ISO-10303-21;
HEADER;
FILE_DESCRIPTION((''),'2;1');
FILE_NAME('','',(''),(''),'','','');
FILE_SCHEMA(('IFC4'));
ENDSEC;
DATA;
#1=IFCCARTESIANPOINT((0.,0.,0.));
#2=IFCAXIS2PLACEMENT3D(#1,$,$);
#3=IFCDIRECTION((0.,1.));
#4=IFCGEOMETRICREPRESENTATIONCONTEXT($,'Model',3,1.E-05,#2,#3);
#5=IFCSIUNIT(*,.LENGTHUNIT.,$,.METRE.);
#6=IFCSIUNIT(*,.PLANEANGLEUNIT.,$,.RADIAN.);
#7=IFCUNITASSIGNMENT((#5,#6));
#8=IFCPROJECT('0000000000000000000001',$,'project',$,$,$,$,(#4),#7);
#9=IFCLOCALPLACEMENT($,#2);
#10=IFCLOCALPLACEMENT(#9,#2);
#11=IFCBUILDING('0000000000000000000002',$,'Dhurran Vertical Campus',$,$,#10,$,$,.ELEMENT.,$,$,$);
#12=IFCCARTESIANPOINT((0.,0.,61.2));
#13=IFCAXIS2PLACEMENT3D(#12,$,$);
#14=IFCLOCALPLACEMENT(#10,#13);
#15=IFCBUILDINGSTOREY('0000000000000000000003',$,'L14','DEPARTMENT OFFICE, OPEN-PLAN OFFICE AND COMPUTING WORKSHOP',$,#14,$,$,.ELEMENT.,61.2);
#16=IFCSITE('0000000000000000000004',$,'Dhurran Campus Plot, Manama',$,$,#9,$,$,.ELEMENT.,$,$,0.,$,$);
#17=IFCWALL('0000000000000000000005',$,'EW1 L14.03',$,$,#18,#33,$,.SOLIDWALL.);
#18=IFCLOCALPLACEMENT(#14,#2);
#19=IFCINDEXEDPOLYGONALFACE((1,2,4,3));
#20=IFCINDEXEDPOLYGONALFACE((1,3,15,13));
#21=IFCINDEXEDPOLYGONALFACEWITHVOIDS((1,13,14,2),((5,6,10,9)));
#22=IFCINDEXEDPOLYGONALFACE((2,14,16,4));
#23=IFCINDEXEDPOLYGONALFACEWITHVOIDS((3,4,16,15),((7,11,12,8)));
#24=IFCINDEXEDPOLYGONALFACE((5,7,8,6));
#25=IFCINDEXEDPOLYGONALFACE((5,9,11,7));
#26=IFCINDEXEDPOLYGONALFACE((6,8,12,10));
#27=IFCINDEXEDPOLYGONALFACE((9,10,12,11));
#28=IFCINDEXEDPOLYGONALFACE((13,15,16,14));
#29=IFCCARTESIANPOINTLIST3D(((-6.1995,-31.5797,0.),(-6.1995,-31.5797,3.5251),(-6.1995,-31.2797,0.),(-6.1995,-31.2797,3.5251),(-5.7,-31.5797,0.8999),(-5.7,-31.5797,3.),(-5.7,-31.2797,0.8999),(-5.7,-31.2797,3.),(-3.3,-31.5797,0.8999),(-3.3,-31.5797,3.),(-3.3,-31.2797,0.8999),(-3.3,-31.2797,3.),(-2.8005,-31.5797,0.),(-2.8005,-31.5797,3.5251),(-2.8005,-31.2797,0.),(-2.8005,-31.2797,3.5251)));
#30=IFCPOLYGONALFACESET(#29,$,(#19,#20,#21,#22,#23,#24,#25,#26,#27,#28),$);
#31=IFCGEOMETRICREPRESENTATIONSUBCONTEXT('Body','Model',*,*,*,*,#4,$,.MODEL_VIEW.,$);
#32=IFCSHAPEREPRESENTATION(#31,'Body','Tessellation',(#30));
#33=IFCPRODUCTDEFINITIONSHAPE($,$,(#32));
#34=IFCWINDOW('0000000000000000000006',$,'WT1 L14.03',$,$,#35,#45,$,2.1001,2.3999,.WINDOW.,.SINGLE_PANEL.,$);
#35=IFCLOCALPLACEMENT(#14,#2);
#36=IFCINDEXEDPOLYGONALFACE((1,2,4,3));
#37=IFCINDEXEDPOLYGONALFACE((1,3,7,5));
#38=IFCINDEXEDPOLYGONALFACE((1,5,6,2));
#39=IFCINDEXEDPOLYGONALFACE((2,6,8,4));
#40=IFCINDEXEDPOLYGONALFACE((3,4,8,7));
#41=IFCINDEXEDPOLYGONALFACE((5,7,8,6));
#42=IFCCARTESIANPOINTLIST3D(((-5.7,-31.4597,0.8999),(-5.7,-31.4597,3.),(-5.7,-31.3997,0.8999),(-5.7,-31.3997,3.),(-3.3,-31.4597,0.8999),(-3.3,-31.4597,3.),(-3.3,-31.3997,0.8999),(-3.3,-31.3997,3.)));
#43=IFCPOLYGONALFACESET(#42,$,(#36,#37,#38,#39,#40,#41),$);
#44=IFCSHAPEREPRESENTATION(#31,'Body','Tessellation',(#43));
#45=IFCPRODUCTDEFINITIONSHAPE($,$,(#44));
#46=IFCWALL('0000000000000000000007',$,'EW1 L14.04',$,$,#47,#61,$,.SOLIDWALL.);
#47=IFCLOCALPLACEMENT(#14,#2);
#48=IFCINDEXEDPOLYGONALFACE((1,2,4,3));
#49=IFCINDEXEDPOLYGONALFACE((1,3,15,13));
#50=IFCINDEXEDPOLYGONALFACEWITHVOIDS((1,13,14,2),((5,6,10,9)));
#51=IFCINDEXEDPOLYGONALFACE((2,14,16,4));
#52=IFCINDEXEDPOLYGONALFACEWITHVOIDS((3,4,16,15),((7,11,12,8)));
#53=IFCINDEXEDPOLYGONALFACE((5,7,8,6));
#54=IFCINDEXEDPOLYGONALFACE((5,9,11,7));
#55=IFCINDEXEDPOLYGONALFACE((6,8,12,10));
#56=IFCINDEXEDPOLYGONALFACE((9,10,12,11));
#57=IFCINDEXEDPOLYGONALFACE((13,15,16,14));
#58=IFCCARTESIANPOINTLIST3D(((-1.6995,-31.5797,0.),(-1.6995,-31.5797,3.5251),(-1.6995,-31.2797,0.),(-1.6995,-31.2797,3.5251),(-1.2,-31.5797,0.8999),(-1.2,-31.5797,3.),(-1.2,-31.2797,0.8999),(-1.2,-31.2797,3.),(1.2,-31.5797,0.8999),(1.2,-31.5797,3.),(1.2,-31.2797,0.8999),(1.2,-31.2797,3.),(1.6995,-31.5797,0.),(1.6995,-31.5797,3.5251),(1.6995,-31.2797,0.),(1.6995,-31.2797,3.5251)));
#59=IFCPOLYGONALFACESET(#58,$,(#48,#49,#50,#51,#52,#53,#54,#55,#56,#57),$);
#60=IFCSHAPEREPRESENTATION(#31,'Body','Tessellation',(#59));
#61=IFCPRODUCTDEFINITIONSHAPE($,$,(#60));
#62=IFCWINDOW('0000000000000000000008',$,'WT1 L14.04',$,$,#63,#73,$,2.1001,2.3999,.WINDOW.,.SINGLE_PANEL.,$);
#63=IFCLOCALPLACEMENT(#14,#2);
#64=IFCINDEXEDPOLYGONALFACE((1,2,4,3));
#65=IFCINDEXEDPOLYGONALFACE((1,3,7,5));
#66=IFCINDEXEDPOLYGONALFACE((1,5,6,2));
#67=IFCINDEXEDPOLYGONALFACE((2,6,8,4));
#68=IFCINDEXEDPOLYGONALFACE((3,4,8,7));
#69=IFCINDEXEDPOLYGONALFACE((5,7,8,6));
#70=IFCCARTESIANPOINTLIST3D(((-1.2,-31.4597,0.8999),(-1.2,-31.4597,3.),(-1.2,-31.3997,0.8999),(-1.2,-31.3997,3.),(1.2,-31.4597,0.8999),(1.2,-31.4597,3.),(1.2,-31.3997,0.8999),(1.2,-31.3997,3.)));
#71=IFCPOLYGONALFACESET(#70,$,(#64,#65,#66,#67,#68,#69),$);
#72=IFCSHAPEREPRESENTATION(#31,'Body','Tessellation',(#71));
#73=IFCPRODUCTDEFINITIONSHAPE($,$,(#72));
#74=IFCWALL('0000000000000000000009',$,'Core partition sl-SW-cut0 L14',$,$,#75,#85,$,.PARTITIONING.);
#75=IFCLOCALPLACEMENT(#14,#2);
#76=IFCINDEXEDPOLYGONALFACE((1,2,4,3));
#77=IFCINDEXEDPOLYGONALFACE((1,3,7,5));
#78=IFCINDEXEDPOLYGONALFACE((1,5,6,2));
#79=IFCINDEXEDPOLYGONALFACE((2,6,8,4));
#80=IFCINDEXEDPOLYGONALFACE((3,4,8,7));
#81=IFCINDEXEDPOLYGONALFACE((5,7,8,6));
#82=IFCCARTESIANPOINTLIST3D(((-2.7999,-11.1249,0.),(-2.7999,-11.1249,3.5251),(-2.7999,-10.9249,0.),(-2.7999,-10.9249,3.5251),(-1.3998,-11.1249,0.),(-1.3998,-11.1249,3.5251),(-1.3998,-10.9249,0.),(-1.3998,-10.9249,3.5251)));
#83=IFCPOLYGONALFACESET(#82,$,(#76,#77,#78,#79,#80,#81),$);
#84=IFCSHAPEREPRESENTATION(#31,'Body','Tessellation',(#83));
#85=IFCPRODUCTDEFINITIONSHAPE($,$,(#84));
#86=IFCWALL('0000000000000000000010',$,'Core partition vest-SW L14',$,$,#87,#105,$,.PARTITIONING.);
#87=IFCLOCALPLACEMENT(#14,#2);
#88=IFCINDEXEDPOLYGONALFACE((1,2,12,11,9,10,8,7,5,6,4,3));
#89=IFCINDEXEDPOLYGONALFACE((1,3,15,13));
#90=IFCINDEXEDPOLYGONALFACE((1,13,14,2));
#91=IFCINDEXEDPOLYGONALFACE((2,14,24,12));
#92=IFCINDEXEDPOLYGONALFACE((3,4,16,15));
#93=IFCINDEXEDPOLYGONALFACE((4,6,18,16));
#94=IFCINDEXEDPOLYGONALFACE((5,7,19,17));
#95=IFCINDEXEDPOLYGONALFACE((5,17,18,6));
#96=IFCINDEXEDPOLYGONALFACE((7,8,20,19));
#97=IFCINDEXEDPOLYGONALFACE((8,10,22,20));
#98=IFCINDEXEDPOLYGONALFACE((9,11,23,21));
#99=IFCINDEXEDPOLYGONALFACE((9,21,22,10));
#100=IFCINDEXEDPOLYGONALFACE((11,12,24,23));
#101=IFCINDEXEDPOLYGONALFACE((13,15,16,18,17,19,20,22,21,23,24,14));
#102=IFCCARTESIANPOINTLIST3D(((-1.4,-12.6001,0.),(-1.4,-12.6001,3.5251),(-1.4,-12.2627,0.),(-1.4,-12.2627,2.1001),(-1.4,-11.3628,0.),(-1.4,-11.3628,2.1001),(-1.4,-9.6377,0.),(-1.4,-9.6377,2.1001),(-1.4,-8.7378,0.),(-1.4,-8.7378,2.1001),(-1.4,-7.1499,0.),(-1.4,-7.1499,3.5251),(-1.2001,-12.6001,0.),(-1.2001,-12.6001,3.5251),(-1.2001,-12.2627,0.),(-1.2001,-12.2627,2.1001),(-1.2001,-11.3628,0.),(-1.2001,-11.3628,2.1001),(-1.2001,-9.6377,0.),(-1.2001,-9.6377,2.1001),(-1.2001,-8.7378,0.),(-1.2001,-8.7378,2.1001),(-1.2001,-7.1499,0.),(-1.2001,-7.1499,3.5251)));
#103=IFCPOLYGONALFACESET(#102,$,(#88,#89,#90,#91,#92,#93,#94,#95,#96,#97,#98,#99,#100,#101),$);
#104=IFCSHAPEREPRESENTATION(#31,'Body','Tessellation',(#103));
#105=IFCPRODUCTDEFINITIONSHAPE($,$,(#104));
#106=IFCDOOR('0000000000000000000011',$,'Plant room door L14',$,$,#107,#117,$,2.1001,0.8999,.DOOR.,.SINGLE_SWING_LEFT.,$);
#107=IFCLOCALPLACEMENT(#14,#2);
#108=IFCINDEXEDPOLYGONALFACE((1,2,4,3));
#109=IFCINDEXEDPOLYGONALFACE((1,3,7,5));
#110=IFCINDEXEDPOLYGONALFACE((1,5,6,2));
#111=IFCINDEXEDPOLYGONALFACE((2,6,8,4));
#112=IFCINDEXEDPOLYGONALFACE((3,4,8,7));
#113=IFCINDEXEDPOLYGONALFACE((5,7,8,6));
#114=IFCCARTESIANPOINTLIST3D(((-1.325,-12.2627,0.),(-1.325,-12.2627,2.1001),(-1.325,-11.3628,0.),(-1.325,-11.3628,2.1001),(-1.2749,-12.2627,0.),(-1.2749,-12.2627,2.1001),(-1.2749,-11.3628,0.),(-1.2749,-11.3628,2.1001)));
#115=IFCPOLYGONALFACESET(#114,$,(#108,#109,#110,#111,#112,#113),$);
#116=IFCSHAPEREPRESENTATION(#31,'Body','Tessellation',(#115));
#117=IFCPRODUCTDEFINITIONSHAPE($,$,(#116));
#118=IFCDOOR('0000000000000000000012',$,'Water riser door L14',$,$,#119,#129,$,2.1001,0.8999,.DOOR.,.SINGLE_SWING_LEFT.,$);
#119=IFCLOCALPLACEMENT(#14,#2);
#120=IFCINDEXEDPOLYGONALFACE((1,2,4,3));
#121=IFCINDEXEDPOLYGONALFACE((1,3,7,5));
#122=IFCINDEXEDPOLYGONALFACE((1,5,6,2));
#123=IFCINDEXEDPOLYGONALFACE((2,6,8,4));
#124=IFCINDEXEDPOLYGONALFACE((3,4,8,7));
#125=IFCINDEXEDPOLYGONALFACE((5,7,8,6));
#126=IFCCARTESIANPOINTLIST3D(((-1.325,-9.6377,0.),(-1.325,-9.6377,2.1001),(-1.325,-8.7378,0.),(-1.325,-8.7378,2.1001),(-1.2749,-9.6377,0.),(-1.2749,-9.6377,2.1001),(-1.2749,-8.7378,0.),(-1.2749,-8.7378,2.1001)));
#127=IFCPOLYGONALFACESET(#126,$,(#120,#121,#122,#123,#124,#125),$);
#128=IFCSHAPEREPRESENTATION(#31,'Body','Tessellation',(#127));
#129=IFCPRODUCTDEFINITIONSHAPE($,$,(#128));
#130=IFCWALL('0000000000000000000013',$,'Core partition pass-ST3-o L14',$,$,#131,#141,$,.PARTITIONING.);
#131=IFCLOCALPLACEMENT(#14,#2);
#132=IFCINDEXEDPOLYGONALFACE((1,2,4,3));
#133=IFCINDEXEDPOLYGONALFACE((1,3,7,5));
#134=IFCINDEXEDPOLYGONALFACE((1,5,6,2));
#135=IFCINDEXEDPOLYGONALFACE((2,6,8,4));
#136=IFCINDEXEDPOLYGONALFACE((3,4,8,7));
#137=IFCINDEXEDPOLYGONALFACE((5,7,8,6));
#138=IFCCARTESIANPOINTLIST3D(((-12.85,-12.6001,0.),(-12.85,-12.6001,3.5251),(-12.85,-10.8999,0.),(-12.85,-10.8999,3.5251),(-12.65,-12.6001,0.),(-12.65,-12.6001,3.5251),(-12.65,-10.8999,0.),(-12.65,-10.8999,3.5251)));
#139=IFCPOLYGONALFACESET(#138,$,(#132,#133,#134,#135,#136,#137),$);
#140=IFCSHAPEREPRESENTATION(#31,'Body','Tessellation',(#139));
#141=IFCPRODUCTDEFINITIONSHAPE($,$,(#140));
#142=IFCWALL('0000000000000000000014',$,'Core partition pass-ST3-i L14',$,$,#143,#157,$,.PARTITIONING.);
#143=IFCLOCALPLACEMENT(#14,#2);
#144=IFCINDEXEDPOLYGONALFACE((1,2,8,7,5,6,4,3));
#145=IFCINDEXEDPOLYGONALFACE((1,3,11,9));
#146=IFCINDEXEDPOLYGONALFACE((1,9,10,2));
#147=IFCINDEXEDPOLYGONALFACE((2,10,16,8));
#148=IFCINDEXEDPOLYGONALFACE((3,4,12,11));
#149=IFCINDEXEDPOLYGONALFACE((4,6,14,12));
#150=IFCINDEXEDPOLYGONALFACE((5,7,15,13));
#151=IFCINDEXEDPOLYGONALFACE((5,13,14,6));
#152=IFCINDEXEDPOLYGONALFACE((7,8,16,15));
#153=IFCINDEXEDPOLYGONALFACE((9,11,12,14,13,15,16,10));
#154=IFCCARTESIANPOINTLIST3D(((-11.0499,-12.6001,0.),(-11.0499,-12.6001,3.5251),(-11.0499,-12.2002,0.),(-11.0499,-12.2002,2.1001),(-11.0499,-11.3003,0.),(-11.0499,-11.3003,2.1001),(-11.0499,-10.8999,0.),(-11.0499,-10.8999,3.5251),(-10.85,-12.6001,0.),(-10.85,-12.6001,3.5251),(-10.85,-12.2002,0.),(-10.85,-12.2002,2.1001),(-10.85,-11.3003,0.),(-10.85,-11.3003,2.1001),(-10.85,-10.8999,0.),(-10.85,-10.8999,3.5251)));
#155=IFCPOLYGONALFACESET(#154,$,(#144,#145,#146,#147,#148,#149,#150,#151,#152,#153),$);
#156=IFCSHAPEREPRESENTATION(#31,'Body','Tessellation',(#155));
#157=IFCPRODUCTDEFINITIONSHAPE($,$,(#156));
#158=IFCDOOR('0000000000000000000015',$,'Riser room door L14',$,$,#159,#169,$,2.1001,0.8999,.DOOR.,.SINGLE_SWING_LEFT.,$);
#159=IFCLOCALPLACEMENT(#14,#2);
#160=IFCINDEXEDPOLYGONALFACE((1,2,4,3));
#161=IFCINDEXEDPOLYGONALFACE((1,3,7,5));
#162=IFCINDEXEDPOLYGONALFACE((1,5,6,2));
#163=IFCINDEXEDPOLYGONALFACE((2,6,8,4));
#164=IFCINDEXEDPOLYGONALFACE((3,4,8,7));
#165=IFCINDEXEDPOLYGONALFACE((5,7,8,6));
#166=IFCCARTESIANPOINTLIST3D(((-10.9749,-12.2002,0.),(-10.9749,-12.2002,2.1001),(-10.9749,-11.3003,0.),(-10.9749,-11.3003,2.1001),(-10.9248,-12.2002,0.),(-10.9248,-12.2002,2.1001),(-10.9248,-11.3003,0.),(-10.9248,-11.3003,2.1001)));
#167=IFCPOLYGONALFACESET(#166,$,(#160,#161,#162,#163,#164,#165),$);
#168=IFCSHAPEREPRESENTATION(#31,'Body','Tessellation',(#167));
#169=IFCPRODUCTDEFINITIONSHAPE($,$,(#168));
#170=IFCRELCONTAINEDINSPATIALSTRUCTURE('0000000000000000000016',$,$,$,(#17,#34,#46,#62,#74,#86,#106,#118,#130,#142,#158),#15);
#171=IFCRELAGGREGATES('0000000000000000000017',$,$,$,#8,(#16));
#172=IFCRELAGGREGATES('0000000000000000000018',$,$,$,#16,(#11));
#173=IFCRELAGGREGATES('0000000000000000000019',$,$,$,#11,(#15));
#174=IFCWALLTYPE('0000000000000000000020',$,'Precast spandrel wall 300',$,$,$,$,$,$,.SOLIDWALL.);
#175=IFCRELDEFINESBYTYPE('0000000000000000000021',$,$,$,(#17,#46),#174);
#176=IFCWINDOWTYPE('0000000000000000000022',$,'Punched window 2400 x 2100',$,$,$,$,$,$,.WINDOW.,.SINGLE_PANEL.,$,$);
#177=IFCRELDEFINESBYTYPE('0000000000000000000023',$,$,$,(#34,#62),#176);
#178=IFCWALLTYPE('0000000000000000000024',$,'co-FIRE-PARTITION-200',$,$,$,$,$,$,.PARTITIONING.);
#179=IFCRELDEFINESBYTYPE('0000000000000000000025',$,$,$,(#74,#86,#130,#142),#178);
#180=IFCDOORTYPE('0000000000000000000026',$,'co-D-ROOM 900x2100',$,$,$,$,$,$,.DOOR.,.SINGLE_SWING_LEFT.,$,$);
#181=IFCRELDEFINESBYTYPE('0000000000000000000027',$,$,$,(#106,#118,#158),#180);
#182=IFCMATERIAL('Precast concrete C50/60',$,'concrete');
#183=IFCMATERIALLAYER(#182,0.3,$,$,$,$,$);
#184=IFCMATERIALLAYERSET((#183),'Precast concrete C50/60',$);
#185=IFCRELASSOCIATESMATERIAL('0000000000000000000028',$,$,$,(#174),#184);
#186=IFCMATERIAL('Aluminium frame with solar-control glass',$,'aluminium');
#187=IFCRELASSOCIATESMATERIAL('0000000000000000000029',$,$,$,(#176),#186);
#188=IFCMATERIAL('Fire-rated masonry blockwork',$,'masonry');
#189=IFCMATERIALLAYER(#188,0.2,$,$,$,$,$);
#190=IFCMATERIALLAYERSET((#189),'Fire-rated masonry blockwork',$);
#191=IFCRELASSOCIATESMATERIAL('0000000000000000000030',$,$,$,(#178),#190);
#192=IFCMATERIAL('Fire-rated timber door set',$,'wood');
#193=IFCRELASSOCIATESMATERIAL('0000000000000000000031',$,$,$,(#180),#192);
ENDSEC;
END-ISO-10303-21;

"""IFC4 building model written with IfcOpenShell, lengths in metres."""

from ifc_helpers import new_model, si_unit, direction, frame, frame_2d, origin, place, context, subcontext, project, spatial, rectangle, extrude, material, layer, layer_set, type_object, element, fill, save


model = new_model("IFC4")

# Units and contexts
model_context = context("Model", 3, precision=1e-05, world=origin(), true_north=direction((0.0, 1.0)))
body_context = subcontext(model_context, "Body", "Model", "MODEL_VIEW")
ifc_project = project(units=[si_unit("LENGTHUNIT", "METRE"), si_unit("PLANEANGLEUNIT", "RADIAN")], contexts=[model_context])

# Site, building, storey
site_placement = place(None, origin())
site = spatial("IfcSite", under=ifc_project, at=site_placement, Name="Dhurran Campus Plot, Manama", CompositionType="ELEMENT", RefElevation=0.0)
building_placement = place(site_placement, origin())
building = spatial("IfcBuilding", under=site, at=building_placement, Name="Dhurran Vertical Campus", CompositionType="ELEMENT")
storey_placement = place(building_placement, frame((0.0, 0.0, 61.2)))
storey = spatial("IfcBuildingStorey", under=building, at=storey_placement, Name="L14", Description="DEPARTMENT OFFICE, OPEN-PLAN OFFICE AND COMPUTING WORKSHOP", CompositionType="ELEMENT", Elevation=61.2)

# Walls, openings, windows
ifc_material_1 = material(Name="Precast concrete C50/60", Category="concrete")
ifc_layer_1 = layer(ifc_material_1, 0.3)
ifc_layer_set_1 = layer_set([ifc_layer_1], Name="Precast concrete C50/60")
wall_type_1 = type_object("IfcWallType", Name="Precast spandrel wall 300", PredefinedType="SOLIDWALL", material=ifc_layer_set_1)
ifc_material_2 = material(Name="Aluminium frame with solar-control glass", Category="aluminium")
window_type = type_object("IfcWindowType", Name="Punched window 2400 x 2100", PartitioningType="SINGLE_PANEL", PredefinedType="WINDOW", material=ifc_material_2)
wall_1_placement = place(storey_placement, frame((-6.1995, -31.4297, 0.0), z_axis=(0.0, 0.0, 1.0), x_axis=(1.0, 0.0, 0.0)))
wall_1 = element("IfcWall", 1, at=wall_1_placement, inside=storey, type_object=wall_type_1, Name="EW1 L14.03", PredefinedType="SOLIDWALL", context=body_context, shape_type="SweptSolid", body=[
    extrude(rectangle(XDim=3.3989, YDim=0.3, at=frame_2d((1.6995, 0.0))), origin(), (0.0, 0.0, 1.0), 3.5251),
])
opening_1_placement = place(wall_1_placement, frame((0.4995, 0.0, 0.8999)))
opening_1 = element("IfcOpeningElement", 2, at=opening_1_placement, cuts=wall_1, PredefinedType="OPENING", context=body_context, shape_type="SweptSolid", body=[
    extrude(rectangle(XDim=2.3999, YDim=2.1001, at=frame_2d((1.2, 1.05))), frame((0.0, 0.1599, 0.0), z_axis=(0.0, -1.0, 0.0), x_axis=(1.0, 0.0, 0.0)), (0.0, 0.0, 1.0), 0.3201),
])
window_1_placement = place(opening_1_placement, origin())
window_1 = element("IfcWindow", 3, at=window_1_placement, inside=storey, type_object=window_type, Name="WT1 L14.03", OverallHeight=2.1001, OverallWidth=2.3999, PartitioningType="SINGLE_PANEL", PredefinedType="WINDOW", context=body_context, shape_type="SweptSolid", body=[
    extrude(rectangle(XDim=2.3999, YDim=2.1001, at=frame_2d((1.2, 1.05))), frame((0.0, 0.03, 0.0), z_axis=(0.0, -1.0, 0.0), x_axis=(1.0, 0.0, 0.0)), (0.0, 0.0, 1.0), 0.0601),
])
fill(opening_1, window_1)
wall_2_placement = place(storey_placement, frame((-1.6995, -31.4297, 0.0), z_axis=(0.0, 0.0, 1.0), x_axis=(1.0, 0.0, 0.0)))
wall_2 = element("IfcWall", 4, at=wall_2_placement, inside=storey, type_object=wall_type_1, Name="EW1 L14.04", PredefinedType="SOLIDWALL", context=body_context, shape_type="SweptSolid", body=[
    extrude(rectangle(XDim=3.3989, YDim=0.3, at=frame_2d((1.6995, 0.0))), origin(), (0.0, 0.0, 1.0), 3.5251),
])
opening_2_placement = place(wall_2_placement, frame((0.4995, 0.0, 0.8999)))
opening_2 = element("IfcOpeningElement", 5, at=opening_2_placement, cuts=wall_2, PredefinedType="OPENING", context=body_context, shape_type="SweptSolid", body=[
    extrude(rectangle(XDim=2.3999, YDim=2.1001, at=frame_2d((1.2, 1.05))), frame((0.0, 0.1599, 0.0), z_axis=(0.0, -1.0, 0.0), x_axis=(1.0, 0.0, 0.0)), (0.0, 0.0, 1.0), 0.3201),
])
window_2_placement = place(opening_2_placement, origin())
window_2 = element("IfcWindow", 6, at=window_2_placement, inside=storey, type_object=window_type, Name="WT1 L14.04", OverallHeight=2.1001, OverallWidth=2.3999, PartitioningType="SINGLE_PANEL", PredefinedType="WINDOW", context=body_context, shape_type="SweptSolid", body=[
    extrude(rectangle(XDim=2.3999, YDim=2.1001, at=frame_2d((1.2, 1.05))), frame((0.0, 0.03, 0.0), z_axis=(0.0, -1.0, 0.0), x_axis=(1.0, 0.0, 0.0)), (0.0, 0.0, 1.0), 0.0601),
])
fill(opening_2, window_2)

# Wall
ifc_material_3 = material(Name="Fire-rated masonry blockwork", Category="masonry")
ifc_layer_2 = layer(ifc_material_3, 0.2)
ifc_layer_set_2 = layer_set([ifc_layer_2], Name="Fire-rated masonry blockwork")
wall_type_2 = type_object("IfcWallType", Name="co-FIRE-PARTITION-200", PredefinedType="PARTITIONING", material=ifc_layer_set_2)
wall_3_placement = place(storey_placement, frame((-2.8, -11.0249, 0.0), z_axis=(0.0, 0.0, 1.0), x_axis=(1.0, 0.0, 0.0)))
element("IfcWall", 7, at=wall_3_placement, inside=storey, type_object=wall_type_2, Name="Core partition sl-SW-cut0 L14", PredefinedType="PARTITIONING", context=body_context, shape_type="SweptSolid", body=[
    extrude(rectangle(XDim=1.4001, YDim=0.2, at=frame_2d((0.7002, 0.0))), origin(), (0.0, 0.0, 1.0), 3.5251),
])

# Wall, openings, doors
wall_4_placement = place(storey_placement, frame((-1.3, -12.6001, 0.0), z_axis=(0.0, 0.0, 1.0), x_axis=(0.0, 1.0, 0.0)))
wall_4 = element("IfcWall", 8, at=wall_4_placement, inside=storey, type_object=wall_type_2, Name="Core partition vest-SW L14", PredefinedType="PARTITIONING", context=body_context, shape_type="SweptSolid", body=[
    extrude(rectangle(XDim=5.4502, YDim=0.2, at=frame_2d((2.7251, 0.0))), origin(), (0.0, 0.0, 1.0), 3.5251),
])
opening_3_placement = place(wall_4_placement, frame((0.3374, 0.0, 0.0)))
opening_3 = element("IfcOpeningElement", 9, at=opening_3_placement, cuts=wall_4, PredefinedType="OPENING", context=body_context, shape_type="SweptSolid", body=[
    extrude(rectangle(XDim=0.8999, YDim=2.1001, at=frame_2d((0.45, 1.05))), frame((0.0, 0.1099, 0.0), z_axis=(0.0, -1.0, 0.0), x_axis=(1.0, 0.0, 0.0)), (0.0, 0.0, 1.0), 0.22),
])
opening_4_placement = place(wall_4_placement, frame((2.9624, 0.0, 0.0)))
opening_4 = element("IfcOpeningElement", 10, at=opening_4_placement, cuts=wall_4, PredefinedType="OPENING", context=body_context, shape_type="SweptSolid", body=[
    extrude(rectangle(XDim=0.8999, YDim=2.1001, at=frame_2d((0.45, 1.05))), frame((0.0, 0.1099, 0.0), z_axis=(0.0, -1.0, 0.0), x_axis=(1.0, 0.0, 0.0)), (0.0, 0.0, 1.0), 0.22),
])
ifc_material_4 = material(Name="Fire-rated timber door set", Category="wood")
door_type_1 = type_object("IfcDoorType", Name="co-D-ROOM 900x2100", OperationType="SINGLE_SWING_LEFT", PredefinedType="DOOR", material=ifc_material_4)
door_1_placement = place(opening_3_placement, origin())
door_1 = element("IfcDoor", 11, at=door_1_placement, inside=storey, type_object=door_type_1, Name="Plant room door L14", OperationType="SINGLE_SWING_LEFT", OverallHeight=2.1001, OverallWidth=0.8999, PredefinedType="DOOR", context=body_context, shape_type="SweptSolid", body=[
    extrude(rectangle(XDim=0.8999, YDim=2.1001, at=frame_2d((0.45, 1.05))), frame((0.0, 0.0249, 0.0), z_axis=(0.0, -1.0, 0.0), x_axis=(1.0, 0.0, 0.0)), (0.0, 0.0, 1.0), 0.05),
])
fill(opening_3, door_1)
door_2_placement = place(opening_4_placement, origin())
door_2 = element("IfcDoor", 12, at=door_2_placement, inside=storey, type_object=door_type_1, Name="Water riser door L14", OperationType="SINGLE_SWING_LEFT", OverallHeight=2.1001, OverallWidth=0.8999, PredefinedType="DOOR", context=body_context, shape_type="SweptSolid", body=[
    extrude(rectangle(XDim=0.8999, YDim=2.1001, at=frame_2d((0.45, 1.05))), frame((0.0, 0.0249, 0.0), z_axis=(0.0, -1.0, 0.0), x_axis=(1.0, 0.0, 0.0)), (0.0, 0.0, 1.0), 0.05),
])
fill(opening_4, door_2)

# Wall
wall_5_placement = place(storey_placement, frame((-12.75, -12.6001, 0.0), z_axis=(0.0, 0.0, 1.0), x_axis=(0.0, 1.0, 0.0)))
element("IfcWall", 13, at=wall_5_placement, inside=storey, type_object=wall_type_2, Name="Core partition pass-ST3-o L14", PredefinedType="PARTITIONING", context=body_context, shape_type="SweptSolid", body=[
    extrude(rectangle(XDim=1.7002, YDim=0.2, at=frame_2d((0.8501, 0.0))), origin(), (0.0, 0.0, 1.0), 3.5251),
])

# Wall, opening, door
wall_6_placement = place(storey_placement, frame((-10.95, -12.6001, 0.0), z_axis=(0.0, 0.0, 1.0), x_axis=(0.0, 1.0, 0.0)))
wall_6 = element("IfcWall", 14, at=wall_6_placement, inside=storey, type_object=wall_type_2, Name="Core partition pass-ST3-i L14", PredefinedType="PARTITIONING", context=body_context, shape_type="SweptSolid", body=[
    extrude(rectangle(XDim=1.7002, YDim=0.2, at=frame_2d((0.8501, 0.0))), origin(), (0.0, 0.0, 1.0), 3.5251),
])
opening_5_placement = place(wall_6_placement, frame((0.3999, 0.0, 0.0)))
opening_5 = element("IfcOpeningElement", 15, at=opening_5_placement, cuts=wall_6, PredefinedType="OPENING", context=body_context, shape_type="SweptSolid", body=[
    extrude(rectangle(XDim=0.8999, YDim=2.1001, at=frame_2d((0.45, 1.05))), frame((0.0, 0.1099, 0.0), z_axis=(0.0, -1.0, 0.0), x_axis=(1.0, 0.0, 0.0)), (0.0, 0.0, 1.0), 0.22),
])
door_3_placement = place(opening_5_placement, origin())
door_3 = element("IfcDoor", 16, at=door_3_placement, inside=storey, type_object=door_type_1, Name="Riser room door L14", OperationType="SINGLE_SWING_LEFT", OverallHeight=2.1001, OverallWidth=0.8999, PredefinedType="DOOR", context=body_context, shape_type="SweptSolid", body=[
    extrude(rectangle(XDim=0.8999, YDim=2.1001, at=frame_2d((0.45, 1.05))), frame((0.0, 0.0249, 0.0), z_axis=(0.0, -1.0, 0.0), x_axis=(1.0, 0.0, 0.0)), (0.0, 0.0, 1.0), 0.05),
])
fill(opening_5, door_3)

save(model, "model.ifc")
